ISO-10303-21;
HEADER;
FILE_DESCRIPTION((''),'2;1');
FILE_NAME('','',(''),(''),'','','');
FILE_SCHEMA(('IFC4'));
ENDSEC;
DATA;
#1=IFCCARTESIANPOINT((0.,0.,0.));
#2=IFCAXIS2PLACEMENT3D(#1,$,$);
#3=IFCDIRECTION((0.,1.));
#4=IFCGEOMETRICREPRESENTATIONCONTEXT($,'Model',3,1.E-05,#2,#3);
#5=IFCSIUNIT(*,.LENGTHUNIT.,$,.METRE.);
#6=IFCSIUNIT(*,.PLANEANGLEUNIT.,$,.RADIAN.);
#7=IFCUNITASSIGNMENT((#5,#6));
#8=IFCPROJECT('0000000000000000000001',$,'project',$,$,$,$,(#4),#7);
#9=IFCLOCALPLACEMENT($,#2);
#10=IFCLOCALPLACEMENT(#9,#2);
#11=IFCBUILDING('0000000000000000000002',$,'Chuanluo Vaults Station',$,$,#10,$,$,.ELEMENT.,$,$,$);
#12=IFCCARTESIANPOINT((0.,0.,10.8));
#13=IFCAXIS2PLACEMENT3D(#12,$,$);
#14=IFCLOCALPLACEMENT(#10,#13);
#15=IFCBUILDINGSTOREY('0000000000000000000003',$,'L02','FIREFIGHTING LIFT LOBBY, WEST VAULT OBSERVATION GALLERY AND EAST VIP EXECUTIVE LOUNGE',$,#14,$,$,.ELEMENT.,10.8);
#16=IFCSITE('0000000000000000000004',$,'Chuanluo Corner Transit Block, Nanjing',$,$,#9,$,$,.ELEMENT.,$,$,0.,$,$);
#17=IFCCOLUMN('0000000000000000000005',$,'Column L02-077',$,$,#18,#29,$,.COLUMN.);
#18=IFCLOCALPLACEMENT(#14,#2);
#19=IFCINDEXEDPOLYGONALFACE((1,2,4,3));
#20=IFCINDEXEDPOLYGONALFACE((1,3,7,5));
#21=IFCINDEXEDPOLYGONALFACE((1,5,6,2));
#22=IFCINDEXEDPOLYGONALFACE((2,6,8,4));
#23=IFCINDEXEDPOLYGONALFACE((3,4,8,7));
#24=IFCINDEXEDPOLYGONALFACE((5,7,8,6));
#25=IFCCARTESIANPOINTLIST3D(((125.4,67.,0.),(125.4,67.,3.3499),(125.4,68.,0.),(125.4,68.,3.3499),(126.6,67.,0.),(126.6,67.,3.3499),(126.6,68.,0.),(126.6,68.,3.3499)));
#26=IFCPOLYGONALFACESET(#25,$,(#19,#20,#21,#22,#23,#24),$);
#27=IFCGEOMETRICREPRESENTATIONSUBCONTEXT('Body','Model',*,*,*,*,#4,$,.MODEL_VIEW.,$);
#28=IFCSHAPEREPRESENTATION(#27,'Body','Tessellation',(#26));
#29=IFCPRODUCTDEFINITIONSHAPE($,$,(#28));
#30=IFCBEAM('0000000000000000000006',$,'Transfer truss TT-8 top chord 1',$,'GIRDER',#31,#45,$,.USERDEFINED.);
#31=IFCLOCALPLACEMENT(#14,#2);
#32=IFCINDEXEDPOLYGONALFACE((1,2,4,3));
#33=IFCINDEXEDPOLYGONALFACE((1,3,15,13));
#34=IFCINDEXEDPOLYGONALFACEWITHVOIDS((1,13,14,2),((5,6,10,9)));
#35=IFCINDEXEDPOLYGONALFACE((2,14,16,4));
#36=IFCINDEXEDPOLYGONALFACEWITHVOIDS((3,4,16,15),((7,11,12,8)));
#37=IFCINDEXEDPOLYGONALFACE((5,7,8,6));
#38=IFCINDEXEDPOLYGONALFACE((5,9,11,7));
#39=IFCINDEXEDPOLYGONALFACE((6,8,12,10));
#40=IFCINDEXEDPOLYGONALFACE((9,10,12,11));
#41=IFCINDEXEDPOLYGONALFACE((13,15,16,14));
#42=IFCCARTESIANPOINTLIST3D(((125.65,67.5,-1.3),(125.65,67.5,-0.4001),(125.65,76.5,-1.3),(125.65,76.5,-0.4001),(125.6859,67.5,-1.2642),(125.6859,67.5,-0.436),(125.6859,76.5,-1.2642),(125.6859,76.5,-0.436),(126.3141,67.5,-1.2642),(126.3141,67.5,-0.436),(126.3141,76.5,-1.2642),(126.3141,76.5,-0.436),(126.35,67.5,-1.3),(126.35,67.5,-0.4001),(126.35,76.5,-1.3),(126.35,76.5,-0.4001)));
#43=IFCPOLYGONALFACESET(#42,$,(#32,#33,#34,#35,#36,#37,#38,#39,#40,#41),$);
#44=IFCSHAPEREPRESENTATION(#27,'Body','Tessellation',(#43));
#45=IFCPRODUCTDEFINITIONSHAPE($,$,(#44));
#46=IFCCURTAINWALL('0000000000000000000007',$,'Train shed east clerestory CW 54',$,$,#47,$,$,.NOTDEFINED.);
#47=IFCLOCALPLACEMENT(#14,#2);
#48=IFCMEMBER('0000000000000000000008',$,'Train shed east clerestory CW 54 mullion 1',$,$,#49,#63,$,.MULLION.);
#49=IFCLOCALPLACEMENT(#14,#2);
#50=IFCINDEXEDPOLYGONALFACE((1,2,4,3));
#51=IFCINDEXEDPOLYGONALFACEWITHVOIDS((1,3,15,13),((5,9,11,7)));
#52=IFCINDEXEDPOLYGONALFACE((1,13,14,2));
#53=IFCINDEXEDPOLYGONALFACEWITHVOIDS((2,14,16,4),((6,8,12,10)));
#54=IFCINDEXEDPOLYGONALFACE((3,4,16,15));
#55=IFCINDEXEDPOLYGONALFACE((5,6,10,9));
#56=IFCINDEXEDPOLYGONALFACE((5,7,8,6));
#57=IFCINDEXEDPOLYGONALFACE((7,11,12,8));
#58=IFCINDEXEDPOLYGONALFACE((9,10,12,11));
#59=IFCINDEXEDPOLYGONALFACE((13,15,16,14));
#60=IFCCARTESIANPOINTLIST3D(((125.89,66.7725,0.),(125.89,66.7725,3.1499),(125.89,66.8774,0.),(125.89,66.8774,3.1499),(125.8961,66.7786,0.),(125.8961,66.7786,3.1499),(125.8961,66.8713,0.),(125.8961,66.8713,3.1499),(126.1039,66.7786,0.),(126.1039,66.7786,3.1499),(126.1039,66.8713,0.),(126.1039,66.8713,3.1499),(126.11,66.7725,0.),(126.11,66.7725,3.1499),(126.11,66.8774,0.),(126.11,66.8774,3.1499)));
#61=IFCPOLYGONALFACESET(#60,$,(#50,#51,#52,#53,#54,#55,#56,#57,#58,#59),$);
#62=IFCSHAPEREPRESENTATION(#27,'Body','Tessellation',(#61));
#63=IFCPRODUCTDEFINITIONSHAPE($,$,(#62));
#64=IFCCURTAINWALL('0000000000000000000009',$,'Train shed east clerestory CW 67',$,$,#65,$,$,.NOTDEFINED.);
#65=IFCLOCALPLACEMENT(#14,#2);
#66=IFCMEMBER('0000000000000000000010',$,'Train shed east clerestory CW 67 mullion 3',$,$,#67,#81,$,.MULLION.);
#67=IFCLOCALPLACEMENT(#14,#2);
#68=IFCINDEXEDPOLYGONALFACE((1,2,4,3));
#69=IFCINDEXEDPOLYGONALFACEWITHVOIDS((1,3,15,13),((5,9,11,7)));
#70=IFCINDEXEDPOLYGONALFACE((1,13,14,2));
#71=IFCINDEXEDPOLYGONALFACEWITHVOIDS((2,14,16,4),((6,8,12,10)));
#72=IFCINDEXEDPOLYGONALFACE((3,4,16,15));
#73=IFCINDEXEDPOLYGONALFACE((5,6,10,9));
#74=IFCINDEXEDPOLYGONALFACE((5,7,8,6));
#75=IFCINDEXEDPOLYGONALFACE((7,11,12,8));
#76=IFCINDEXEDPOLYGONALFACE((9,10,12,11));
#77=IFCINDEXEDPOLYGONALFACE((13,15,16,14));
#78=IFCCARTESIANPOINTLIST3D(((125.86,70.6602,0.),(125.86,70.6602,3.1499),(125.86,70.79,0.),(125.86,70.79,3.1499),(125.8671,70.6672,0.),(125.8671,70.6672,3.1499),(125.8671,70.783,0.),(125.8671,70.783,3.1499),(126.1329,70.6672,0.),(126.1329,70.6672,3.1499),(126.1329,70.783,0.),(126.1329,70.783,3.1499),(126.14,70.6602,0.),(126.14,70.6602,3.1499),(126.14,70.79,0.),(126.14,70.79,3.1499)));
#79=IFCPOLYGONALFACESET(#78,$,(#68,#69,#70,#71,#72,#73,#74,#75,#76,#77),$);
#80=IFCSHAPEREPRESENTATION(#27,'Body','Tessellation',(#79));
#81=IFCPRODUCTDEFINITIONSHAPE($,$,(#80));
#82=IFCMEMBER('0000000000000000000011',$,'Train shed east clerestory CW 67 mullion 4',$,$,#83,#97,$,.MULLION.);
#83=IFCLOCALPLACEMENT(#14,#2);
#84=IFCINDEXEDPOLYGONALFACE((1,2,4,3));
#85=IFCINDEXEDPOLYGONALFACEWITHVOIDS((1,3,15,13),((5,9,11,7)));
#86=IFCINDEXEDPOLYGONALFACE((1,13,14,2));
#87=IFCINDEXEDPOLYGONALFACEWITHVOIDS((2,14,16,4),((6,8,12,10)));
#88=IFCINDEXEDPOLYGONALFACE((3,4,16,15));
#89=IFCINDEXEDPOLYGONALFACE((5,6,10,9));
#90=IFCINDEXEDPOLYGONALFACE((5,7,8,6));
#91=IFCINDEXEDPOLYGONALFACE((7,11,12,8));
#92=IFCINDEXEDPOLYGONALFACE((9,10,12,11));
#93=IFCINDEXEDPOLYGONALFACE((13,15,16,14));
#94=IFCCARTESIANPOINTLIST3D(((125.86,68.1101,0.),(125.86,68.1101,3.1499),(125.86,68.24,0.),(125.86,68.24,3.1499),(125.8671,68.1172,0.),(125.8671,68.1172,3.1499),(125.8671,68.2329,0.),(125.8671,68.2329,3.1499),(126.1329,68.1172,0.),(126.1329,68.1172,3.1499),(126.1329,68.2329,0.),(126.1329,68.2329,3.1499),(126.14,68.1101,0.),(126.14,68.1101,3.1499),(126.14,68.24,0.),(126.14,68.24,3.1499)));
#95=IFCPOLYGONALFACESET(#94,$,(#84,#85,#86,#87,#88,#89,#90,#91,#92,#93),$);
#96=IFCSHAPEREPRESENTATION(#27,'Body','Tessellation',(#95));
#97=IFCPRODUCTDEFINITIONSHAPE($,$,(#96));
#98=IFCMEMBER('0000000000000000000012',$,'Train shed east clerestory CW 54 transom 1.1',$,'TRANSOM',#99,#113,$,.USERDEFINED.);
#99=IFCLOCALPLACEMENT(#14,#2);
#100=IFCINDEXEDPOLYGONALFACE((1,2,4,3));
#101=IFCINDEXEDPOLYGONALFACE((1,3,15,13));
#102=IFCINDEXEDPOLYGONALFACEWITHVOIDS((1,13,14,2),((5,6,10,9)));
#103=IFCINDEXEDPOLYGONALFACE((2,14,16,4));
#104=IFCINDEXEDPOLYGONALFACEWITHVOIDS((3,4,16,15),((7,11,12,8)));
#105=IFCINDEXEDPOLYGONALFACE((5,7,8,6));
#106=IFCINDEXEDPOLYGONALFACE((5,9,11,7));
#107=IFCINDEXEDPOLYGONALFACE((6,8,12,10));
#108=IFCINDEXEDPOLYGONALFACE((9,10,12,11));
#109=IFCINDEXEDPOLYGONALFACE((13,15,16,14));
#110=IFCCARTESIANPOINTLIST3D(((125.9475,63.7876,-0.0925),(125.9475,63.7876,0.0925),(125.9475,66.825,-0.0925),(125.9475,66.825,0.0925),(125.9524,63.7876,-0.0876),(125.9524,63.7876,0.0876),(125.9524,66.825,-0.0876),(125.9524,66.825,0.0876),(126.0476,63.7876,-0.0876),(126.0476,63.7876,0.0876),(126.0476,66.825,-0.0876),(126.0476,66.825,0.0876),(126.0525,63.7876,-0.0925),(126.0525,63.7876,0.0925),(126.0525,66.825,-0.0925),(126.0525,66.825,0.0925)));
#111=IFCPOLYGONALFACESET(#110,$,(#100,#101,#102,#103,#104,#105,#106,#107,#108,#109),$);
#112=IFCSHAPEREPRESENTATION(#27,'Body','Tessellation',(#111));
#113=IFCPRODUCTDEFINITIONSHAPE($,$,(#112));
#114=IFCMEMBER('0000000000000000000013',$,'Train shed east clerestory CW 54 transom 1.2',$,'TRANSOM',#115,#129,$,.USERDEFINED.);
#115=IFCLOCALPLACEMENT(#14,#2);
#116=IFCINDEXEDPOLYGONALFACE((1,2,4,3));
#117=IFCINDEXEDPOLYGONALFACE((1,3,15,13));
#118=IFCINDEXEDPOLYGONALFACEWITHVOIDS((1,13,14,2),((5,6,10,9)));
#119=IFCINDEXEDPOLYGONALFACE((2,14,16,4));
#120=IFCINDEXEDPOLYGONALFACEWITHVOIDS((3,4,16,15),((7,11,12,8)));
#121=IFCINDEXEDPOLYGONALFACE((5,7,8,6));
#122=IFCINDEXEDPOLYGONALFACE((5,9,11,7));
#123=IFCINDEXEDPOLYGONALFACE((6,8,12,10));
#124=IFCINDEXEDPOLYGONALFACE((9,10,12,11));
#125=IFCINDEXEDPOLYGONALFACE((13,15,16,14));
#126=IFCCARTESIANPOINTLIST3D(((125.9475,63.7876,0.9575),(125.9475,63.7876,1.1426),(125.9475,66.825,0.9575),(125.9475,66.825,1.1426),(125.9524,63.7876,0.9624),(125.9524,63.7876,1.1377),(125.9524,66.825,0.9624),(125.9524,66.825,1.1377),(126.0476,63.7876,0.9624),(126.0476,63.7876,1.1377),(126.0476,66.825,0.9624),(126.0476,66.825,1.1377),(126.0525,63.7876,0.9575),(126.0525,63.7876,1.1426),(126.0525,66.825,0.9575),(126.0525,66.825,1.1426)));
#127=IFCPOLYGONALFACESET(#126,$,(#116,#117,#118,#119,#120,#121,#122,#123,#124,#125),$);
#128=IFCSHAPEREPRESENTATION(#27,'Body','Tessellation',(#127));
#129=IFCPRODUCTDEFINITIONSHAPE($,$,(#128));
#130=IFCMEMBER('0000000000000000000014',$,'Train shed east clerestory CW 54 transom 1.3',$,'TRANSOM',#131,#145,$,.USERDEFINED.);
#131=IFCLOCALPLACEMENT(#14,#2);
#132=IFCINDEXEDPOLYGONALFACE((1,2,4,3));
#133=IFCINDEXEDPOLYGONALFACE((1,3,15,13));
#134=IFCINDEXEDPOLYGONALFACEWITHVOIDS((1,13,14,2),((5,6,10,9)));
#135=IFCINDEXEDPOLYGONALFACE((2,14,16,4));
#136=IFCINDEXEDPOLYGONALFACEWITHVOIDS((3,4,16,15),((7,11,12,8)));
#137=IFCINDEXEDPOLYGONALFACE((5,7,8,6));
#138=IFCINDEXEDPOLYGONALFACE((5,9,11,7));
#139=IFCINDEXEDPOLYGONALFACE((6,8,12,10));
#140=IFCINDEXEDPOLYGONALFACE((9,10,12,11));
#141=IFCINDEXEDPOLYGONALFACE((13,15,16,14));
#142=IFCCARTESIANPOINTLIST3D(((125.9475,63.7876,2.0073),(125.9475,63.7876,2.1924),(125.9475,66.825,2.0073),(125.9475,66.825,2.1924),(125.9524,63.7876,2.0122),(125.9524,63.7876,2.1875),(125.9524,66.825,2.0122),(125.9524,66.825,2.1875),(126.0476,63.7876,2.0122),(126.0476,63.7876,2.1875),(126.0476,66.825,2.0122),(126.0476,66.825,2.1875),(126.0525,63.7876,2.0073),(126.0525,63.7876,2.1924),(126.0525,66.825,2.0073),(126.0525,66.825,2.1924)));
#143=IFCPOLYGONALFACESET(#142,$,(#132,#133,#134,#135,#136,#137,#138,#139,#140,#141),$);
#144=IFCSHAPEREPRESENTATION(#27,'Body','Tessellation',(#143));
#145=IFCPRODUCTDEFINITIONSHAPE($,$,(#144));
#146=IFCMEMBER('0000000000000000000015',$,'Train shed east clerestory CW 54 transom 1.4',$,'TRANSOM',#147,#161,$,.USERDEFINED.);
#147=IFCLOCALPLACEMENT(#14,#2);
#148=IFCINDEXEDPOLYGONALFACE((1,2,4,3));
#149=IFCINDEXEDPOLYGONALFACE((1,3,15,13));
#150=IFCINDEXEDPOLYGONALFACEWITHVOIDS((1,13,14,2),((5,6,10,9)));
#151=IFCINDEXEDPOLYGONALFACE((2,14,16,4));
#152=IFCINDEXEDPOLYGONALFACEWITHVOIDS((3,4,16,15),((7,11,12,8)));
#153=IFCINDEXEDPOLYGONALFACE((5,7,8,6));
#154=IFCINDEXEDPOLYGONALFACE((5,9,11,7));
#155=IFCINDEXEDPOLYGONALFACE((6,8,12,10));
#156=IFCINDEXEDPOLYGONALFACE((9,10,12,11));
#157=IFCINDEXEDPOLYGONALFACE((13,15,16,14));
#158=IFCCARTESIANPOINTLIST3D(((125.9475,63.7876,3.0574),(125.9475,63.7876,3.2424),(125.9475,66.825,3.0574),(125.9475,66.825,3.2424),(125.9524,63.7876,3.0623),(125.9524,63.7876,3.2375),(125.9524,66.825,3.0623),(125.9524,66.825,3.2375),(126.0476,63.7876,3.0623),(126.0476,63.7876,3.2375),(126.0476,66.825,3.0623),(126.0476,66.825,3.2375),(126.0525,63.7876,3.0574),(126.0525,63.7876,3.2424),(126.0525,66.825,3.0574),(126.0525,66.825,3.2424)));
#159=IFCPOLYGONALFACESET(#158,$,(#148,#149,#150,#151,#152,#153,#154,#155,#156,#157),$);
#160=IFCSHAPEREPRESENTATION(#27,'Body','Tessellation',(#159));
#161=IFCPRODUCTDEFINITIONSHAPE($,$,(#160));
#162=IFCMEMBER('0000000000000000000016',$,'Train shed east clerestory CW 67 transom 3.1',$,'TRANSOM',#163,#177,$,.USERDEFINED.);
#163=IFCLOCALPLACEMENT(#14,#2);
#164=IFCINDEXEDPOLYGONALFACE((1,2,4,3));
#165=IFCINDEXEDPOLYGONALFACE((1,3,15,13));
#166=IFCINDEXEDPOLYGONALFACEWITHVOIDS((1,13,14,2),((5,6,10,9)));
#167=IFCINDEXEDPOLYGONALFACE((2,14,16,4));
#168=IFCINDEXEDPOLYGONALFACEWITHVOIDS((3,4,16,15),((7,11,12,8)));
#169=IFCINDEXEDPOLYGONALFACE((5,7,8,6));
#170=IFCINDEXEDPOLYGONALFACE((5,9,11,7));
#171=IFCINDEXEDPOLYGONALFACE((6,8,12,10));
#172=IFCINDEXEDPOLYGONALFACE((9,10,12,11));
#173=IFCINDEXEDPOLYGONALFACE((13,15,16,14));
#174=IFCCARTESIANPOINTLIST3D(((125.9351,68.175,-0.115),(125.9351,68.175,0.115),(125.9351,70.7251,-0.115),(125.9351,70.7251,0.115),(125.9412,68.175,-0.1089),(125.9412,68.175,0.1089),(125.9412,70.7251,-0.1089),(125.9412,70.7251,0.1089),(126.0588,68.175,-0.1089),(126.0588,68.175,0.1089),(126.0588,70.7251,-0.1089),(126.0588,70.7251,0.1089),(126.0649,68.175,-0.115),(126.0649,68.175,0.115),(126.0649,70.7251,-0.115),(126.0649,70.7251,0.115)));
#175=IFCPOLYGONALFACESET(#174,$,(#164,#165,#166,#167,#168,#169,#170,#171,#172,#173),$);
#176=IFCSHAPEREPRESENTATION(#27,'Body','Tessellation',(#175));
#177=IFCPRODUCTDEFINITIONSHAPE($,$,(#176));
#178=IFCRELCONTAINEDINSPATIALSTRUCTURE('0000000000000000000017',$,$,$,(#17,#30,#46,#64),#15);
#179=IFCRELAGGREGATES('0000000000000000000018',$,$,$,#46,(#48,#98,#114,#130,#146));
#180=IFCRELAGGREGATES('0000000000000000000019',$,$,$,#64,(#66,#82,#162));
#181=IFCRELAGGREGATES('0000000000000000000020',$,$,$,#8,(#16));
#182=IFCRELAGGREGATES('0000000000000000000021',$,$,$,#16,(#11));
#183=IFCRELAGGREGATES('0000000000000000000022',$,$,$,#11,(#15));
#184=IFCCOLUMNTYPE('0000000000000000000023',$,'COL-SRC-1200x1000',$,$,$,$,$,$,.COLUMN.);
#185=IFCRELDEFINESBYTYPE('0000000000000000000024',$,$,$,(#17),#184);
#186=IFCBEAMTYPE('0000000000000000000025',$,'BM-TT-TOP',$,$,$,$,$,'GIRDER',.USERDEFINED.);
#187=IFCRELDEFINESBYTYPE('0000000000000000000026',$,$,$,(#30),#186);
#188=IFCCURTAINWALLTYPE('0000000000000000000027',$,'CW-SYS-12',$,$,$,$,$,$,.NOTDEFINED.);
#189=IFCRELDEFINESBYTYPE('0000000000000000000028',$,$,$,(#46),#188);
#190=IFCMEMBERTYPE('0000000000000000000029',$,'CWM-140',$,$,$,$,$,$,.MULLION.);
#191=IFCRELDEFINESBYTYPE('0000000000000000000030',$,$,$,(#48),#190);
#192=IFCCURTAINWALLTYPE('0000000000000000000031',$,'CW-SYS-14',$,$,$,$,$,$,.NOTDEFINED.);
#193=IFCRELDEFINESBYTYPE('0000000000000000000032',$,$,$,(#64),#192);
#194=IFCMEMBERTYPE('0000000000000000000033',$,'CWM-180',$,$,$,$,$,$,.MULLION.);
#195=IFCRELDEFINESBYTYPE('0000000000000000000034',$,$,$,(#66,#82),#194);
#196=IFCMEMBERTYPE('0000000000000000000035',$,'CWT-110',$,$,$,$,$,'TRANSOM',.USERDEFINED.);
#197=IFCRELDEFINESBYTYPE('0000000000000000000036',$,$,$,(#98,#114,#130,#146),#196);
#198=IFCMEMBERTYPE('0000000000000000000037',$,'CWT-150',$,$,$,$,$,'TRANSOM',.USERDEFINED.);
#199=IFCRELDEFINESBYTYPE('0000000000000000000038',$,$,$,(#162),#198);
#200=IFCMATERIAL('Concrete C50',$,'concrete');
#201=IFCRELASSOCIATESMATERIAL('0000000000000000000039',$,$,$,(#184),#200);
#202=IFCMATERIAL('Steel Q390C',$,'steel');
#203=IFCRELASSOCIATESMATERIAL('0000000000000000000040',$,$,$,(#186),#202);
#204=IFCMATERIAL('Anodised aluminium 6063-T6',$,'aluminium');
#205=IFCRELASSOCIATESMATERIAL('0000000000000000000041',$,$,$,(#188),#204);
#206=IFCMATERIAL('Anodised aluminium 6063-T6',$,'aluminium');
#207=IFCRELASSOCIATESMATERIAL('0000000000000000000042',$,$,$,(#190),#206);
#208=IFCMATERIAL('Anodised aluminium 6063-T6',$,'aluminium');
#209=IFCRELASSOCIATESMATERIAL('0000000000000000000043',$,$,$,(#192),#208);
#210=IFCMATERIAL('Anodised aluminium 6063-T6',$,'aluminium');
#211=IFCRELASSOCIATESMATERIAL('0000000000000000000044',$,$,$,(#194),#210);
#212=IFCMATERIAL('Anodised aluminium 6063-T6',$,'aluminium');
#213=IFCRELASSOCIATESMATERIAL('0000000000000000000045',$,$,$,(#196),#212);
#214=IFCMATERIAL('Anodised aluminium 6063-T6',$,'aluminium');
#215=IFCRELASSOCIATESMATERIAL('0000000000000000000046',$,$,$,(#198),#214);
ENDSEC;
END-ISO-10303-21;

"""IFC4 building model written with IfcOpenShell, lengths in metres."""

from ifc_helpers import new_model, si_unit, direction, frame, origin, origin_2d, place, context, subcontext, project, spatial, rectangle, hollow_rectangle, extrude, material, material_profile, profile_set, type_object, element, aggregate, save


model = new_model("IFC4")

# Units and contexts
model_context = context("Model", 3, precision=1e-05, world=origin(), true_north=direction((0.0, 1.0)))
body_context = subcontext(model_context, "Body", "Model", "MODEL_VIEW")
ifc_project = project(units=[si_unit("LENGTHUNIT", "METRE"), si_unit("PLANEANGLEUNIT", "RADIAN")], contexts=[model_context])

# Site, building, storey
site_placement = place(None, origin())
site = spatial("IfcSite", under=ifc_project, at=site_placement, Name="Chuanluo Corner Transit Block, Nanjing", CompositionType="ELEMENT", RefElevation=0.0)
building_placement = place(site_placement, origin())
building = spatial("IfcBuilding", under=site, at=building_placement, Name="Chuanluo Vaults Station", CompositionType="ELEMENT")
storey_placement = place(building_placement, frame((0.0, 0.0, 10.8)))
storey = spatial("IfcBuildingStorey", under=building, at=storey_placement, Name="L02", Description="FIREFIGHTING LIFT LOBBY, WEST VAULT OBSERVATION GALLERY AND EAST VIP EXECUTIVE LOUNGE", CompositionType="ELEMENT", Elevation=10.8)

# Column
ifc_material_1 = material(Name="Concrete C50", Category="concrete")
ifc_material_profile_1 = material_profile(ifc_material_1, rectangle(XDim=1.2, YDim=1.0, at=origin_2d()))
ifc_profile_set_1 = profile_set([ifc_material_profile_1], Name="Concrete C50")
column_type = type_object("IfcColumnType", Name="COL-SRC-1200x1000", PredefinedType="COLUMN", material=ifc_profile_set_1)
column_placement = place(storey_placement, frame((126.0, 67.5, 0.0), z_axis=(0.0, 0.0, 1.0), x_axis=(1.0, 0.0, 0.0)))
element("IfcColumn", 1, at=column_placement, inside=storey, type_object=column_type, Name="Column L02-077", PredefinedType="COLUMN", context=body_context, shape_type="SweptSolid", body=[
    extrude(rectangle(XDim=1.2, YDim=1.0, at=origin_2d()), origin(), (0.0, 0.0, 1.0), 3.3499),
])

# Beam
ifc_material_2 = material(Name="Steel Q390C", Category="steel")
ifc_material_profile_2 = material_profile(ifc_material_2, hollow_rectangle(XDim=0.7, YDim=0.8999, WallThickness=0.0359, at=origin_2d()))
ifc_profile_set_2 = profile_set([ifc_material_profile_2], Name="Steel Q390C")
beam_type = type_object("IfcBeamType", Name="BM-TT-TOP", ElementType="GIRDER", PredefinedType="USERDEFINED", material=ifc_profile_set_2)
beam_placement = place(storey_placement, frame((126.0, 67.5, -0.8501), z_axis=(0.0, 1.0, 0.0), x_axis=(-1.0, 0.0, 0.0)))
element("IfcBeam", 2, at=beam_placement, inside=storey, type_object=beam_type, Name="Transfer truss TT-8 top chord 1", ObjectType="GIRDER", PredefinedType="USERDEFINED", context=body_context, shape_type="SweptSolid", body=[
    extrude(hollow_rectangle(XDim=0.7, YDim=0.8999, WallThickness=0.0359, at=origin_2d()), origin(), (0.0, 0.0, 1.0), 9.0),
])

# Curtain wall, member
ifc_material_3 = material(Name="Anodised aluminium 6063-T6", Category="aluminium")
curtain_wall_type_1 = type_object("IfcCurtainWallType", Name="CW-SYS-12", PredefinedType="NOTDEFINED", material=ifc_material_3)
curtain_wall_1_placement = place(storey_placement, origin())
curtain_wall_1 = element("IfcCurtainWall", 3, at=curtain_wall_1_placement, inside=storey, type_object=curtain_wall_type_1, Name="Train shed east clerestory CW 54", PredefinedType="NOTDEFINED")
ifc_material_4 = material(Name="Anodised aluminium 6063-T6", Category="aluminium")
ifc_material_profile_3 = material_profile(ifc_material_4, hollow_rectangle(XDim=0.105, YDim=0.22, WallThickness=0.0061, at=origin_2d()))
ifc_profile_set_3 = profile_set([ifc_material_profile_3], Name="Anodised aluminium 6063-T6")
member_type_1 = type_object("IfcMemberType", Name="CWM-140", PredefinedType="MULLION", material=ifc_profile_set_3)
member_1_placement = place(storey_placement, frame((126.0, 66.825, 0.0), z_axis=(0.0, 0.0, 1.0), x_axis=(0.0, -1.0, 0.0)))
member_1 = element("IfcMember", 4, at=member_1_placement, type_object=member_type_1, Name="Train shed east clerestory CW 54 mullion 1", PredefinedType="MULLION", context=body_context, shape_type="SweptSolid", body=[
    extrude(hollow_rectangle(XDim=0.105, YDim=0.22, WallThickness=0.0061, at=origin_2d()), origin(), (0.0, 0.0, 1.0), 3.1499),
])

# Curtain wall, members
ifc_material_5 = material(Name="Anodised aluminium 6063-T6", Category="aluminium")
curtain_wall_type_2 = type_object("IfcCurtainWallType", Name="CW-SYS-14", PredefinedType="NOTDEFINED", material=ifc_material_5)
curtain_wall_2_placement = place(storey_placement, origin())
curtain_wall_2 = element("IfcCurtainWall", 5, at=curtain_wall_2_placement, inside=storey, type_object=curtain_wall_type_2, Name="Train shed east clerestory CW 67", PredefinedType="NOTDEFINED")
ifc_material_6 = material(Name="Anodised aluminium 6063-T6", Category="aluminium")
ifc_material_profile_4 = material_profile(ifc_material_6, hollow_rectangle(XDim=0.1299, YDim=0.28, WallThickness=0.0071, at=origin_2d()))
ifc_profile_set_4 = profile_set([ifc_material_profile_4], Name="Anodised aluminium 6063-T6")
member_type_2 = type_object("IfcMemberType", Name="CWM-180", PredefinedType="MULLION", material=ifc_profile_set_4)
member_2_placement = place(storey_placement, frame((126.0, 70.7251, 0.0), z_axis=(0.0, 0.0, 1.0), x_axis=(0.0, -1.0, 0.0)))
member_2 = element("IfcMember", 6, at=member_2_placement, type_object=member_type_2, Name="Train shed east clerestory CW 67 mullion 3", PredefinedType="MULLION", context=body_context, shape_type="SweptSolid", body=[
    extrude(hollow_rectangle(XDim=0.1299, YDim=0.28, WallThickness=0.0071, at=origin_2d()), origin(), (0.0, 0.0, 1.0), 3.1499),
])
member_3_placement = place(storey_placement, frame((126.0, 68.175, 0.0), z_axis=(0.0, 0.0, 1.0), x_axis=(0.0, -1.0, 0.0)))
member_3 = element("IfcMember", 7, at=member_3_placement, type_object=member_type_2, Name="Train shed east clerestory CW 67 mullion 4", PredefinedType="MULLION", context=body_context, shape_type="SweptSolid", body=[
    extrude(hollow_rectangle(XDim=0.1299, YDim=0.28, WallThickness=0.0071, at=origin_2d()), origin(), (0.0, 0.0, 1.0), 3.1499),
])

# Members
ifc_material_7 = material(Name="Anodised aluminium 6063-T6", Category="aluminium")
ifc_material_profile_5 = material_profile(ifc_material_7, hollow_rectangle(XDim=0.105, YDim=0.1851, WallThickness=0.0049, at=origin_2d()))
ifc_profile_set_5 = profile_set([ifc_material_profile_5], Name="Anodised aluminium 6063-T6")
member_type_3 = type_object("IfcMemberType", Name="CWT-110", ElementType="TRANSOM", PredefinedType="USERDEFINED", material=ifc_profile_set_5)
member_4_placement = place(storey_placement, frame((126.0, 66.825, 0.0), z_axis=(0.0, -1.0, 0.0), x_axis=(1.0, 0.0, 0.0)))
member_4 = element("IfcMember", 8, at=member_4_placement, type_object=member_type_3, Name="Train shed east clerestory CW 54 transom 1.1", ObjectType="TRANSOM", PredefinedType="USERDEFINED", context=body_context, shape_type="SweptSolid", body=[
    extrude(hollow_rectangle(XDim=0.105, YDim=0.1851, WallThickness=0.0049, at=origin_2d()), origin(), (0.0, 0.0, 1.0), 3.0374),
])
member_5_placement = place(storey_placement, frame((126.0, 66.825, 1.05), z_axis=(0.0, -1.0, 0.0), x_axis=(1.0, 0.0, 0.0)))
member_5 = element("IfcMember", 9, at=member_5_placement, type_object=member_type_3, Name="Train shed east clerestory CW 54 transom 1.2", ObjectType="TRANSOM", PredefinedType="USERDEFINED", context=body_context, shape_type="SweptSolid", body=[
    extrude(hollow_rectangle(XDim=0.105, YDim=0.1851, WallThickness=0.0049, at=origin_2d()), origin(), (0.0, 0.0, 1.0), 3.0374),
])
member_6_placement = place(storey_placement, frame((126.0, 66.825, 2.0999), z_axis=(0.0, -1.0, 0.0), x_axis=(1.0, 0.0, 0.0)))
member_6 = element("IfcMember", 10, at=member_6_placement, type_object=member_type_3, Name="Train shed east clerestory CW 54 transom 1.3", ObjectType="TRANSOM", PredefinedType="USERDEFINED", context=body_context, shape_type="SweptSolid", body=[
    extrude(hollow_rectangle(XDim=0.105, YDim=0.1851, WallThickness=0.0049, at=origin_2d()), origin(), (0.0, 0.0, 1.0), 3.0374),
])
member_7_placement = place(storey_placement, frame((126.0, 66.825, 3.1499), z_axis=(0.0, -1.0, 0.0), x_axis=(1.0, 0.0, 0.0)))
member_7 = element("IfcMember", 11, at=member_7_placement, type_object=member_type_3, Name="Train shed east clerestory CW 54 transom 1.4", ObjectType="TRANSOM", PredefinedType="USERDEFINED", context=body_context, shape_type="SweptSolid", body=[
    extrude(hollow_rectangle(XDim=0.105, YDim=0.1851, WallThickness=0.0049, at=origin_2d()), origin(), (0.0, 0.0, 1.0), 3.0374),
])
ifc_material_8 = material(Name="Anodised aluminium 6063-T6", Category="aluminium")
ifc_material_profile_6 = material_profile(ifc_material_8, hollow_rectangle(XDim=0.1299, YDim=0.23, WallThickness=0.0061, at=origin_2d()))
ifc_profile_set_6 = profile_set([ifc_material_profile_6], Name="Anodised aluminium 6063-T6")
member_type_4 = type_object("IfcMemberType", Name="CWT-150", ElementType="TRANSOM", PredefinedType="USERDEFINED", material=ifc_profile_set_6)
member_8_placement = place(storey_placement, frame((126.0, 70.7251, 0.0), z_axis=(0.0, -1.0, 0.0), x_axis=(1.0, 0.0, 0.0)))
member_8 = element("IfcMember", 12, at=member_8_placement, type_object=member_type_4, Name="Train shed east clerestory CW 67 transom 3.1", ObjectType="TRANSOM", PredefinedType="USERDEFINED", context=body_context, shape_type="SweptSolid", body=[
    extrude(hollow_rectangle(XDim=0.1299, YDim=0.23, WallThickness=0.0061, at=origin_2d()), origin(), (0.0, 0.0, 1.0), 2.55),
])

aggregate(curtain_wall_1, [member_1, member_4, member_5, member_6, member_7])
aggregate(curtain_wall_2, [member_2, member_3, member_8])

save(model, "model.ifc")
